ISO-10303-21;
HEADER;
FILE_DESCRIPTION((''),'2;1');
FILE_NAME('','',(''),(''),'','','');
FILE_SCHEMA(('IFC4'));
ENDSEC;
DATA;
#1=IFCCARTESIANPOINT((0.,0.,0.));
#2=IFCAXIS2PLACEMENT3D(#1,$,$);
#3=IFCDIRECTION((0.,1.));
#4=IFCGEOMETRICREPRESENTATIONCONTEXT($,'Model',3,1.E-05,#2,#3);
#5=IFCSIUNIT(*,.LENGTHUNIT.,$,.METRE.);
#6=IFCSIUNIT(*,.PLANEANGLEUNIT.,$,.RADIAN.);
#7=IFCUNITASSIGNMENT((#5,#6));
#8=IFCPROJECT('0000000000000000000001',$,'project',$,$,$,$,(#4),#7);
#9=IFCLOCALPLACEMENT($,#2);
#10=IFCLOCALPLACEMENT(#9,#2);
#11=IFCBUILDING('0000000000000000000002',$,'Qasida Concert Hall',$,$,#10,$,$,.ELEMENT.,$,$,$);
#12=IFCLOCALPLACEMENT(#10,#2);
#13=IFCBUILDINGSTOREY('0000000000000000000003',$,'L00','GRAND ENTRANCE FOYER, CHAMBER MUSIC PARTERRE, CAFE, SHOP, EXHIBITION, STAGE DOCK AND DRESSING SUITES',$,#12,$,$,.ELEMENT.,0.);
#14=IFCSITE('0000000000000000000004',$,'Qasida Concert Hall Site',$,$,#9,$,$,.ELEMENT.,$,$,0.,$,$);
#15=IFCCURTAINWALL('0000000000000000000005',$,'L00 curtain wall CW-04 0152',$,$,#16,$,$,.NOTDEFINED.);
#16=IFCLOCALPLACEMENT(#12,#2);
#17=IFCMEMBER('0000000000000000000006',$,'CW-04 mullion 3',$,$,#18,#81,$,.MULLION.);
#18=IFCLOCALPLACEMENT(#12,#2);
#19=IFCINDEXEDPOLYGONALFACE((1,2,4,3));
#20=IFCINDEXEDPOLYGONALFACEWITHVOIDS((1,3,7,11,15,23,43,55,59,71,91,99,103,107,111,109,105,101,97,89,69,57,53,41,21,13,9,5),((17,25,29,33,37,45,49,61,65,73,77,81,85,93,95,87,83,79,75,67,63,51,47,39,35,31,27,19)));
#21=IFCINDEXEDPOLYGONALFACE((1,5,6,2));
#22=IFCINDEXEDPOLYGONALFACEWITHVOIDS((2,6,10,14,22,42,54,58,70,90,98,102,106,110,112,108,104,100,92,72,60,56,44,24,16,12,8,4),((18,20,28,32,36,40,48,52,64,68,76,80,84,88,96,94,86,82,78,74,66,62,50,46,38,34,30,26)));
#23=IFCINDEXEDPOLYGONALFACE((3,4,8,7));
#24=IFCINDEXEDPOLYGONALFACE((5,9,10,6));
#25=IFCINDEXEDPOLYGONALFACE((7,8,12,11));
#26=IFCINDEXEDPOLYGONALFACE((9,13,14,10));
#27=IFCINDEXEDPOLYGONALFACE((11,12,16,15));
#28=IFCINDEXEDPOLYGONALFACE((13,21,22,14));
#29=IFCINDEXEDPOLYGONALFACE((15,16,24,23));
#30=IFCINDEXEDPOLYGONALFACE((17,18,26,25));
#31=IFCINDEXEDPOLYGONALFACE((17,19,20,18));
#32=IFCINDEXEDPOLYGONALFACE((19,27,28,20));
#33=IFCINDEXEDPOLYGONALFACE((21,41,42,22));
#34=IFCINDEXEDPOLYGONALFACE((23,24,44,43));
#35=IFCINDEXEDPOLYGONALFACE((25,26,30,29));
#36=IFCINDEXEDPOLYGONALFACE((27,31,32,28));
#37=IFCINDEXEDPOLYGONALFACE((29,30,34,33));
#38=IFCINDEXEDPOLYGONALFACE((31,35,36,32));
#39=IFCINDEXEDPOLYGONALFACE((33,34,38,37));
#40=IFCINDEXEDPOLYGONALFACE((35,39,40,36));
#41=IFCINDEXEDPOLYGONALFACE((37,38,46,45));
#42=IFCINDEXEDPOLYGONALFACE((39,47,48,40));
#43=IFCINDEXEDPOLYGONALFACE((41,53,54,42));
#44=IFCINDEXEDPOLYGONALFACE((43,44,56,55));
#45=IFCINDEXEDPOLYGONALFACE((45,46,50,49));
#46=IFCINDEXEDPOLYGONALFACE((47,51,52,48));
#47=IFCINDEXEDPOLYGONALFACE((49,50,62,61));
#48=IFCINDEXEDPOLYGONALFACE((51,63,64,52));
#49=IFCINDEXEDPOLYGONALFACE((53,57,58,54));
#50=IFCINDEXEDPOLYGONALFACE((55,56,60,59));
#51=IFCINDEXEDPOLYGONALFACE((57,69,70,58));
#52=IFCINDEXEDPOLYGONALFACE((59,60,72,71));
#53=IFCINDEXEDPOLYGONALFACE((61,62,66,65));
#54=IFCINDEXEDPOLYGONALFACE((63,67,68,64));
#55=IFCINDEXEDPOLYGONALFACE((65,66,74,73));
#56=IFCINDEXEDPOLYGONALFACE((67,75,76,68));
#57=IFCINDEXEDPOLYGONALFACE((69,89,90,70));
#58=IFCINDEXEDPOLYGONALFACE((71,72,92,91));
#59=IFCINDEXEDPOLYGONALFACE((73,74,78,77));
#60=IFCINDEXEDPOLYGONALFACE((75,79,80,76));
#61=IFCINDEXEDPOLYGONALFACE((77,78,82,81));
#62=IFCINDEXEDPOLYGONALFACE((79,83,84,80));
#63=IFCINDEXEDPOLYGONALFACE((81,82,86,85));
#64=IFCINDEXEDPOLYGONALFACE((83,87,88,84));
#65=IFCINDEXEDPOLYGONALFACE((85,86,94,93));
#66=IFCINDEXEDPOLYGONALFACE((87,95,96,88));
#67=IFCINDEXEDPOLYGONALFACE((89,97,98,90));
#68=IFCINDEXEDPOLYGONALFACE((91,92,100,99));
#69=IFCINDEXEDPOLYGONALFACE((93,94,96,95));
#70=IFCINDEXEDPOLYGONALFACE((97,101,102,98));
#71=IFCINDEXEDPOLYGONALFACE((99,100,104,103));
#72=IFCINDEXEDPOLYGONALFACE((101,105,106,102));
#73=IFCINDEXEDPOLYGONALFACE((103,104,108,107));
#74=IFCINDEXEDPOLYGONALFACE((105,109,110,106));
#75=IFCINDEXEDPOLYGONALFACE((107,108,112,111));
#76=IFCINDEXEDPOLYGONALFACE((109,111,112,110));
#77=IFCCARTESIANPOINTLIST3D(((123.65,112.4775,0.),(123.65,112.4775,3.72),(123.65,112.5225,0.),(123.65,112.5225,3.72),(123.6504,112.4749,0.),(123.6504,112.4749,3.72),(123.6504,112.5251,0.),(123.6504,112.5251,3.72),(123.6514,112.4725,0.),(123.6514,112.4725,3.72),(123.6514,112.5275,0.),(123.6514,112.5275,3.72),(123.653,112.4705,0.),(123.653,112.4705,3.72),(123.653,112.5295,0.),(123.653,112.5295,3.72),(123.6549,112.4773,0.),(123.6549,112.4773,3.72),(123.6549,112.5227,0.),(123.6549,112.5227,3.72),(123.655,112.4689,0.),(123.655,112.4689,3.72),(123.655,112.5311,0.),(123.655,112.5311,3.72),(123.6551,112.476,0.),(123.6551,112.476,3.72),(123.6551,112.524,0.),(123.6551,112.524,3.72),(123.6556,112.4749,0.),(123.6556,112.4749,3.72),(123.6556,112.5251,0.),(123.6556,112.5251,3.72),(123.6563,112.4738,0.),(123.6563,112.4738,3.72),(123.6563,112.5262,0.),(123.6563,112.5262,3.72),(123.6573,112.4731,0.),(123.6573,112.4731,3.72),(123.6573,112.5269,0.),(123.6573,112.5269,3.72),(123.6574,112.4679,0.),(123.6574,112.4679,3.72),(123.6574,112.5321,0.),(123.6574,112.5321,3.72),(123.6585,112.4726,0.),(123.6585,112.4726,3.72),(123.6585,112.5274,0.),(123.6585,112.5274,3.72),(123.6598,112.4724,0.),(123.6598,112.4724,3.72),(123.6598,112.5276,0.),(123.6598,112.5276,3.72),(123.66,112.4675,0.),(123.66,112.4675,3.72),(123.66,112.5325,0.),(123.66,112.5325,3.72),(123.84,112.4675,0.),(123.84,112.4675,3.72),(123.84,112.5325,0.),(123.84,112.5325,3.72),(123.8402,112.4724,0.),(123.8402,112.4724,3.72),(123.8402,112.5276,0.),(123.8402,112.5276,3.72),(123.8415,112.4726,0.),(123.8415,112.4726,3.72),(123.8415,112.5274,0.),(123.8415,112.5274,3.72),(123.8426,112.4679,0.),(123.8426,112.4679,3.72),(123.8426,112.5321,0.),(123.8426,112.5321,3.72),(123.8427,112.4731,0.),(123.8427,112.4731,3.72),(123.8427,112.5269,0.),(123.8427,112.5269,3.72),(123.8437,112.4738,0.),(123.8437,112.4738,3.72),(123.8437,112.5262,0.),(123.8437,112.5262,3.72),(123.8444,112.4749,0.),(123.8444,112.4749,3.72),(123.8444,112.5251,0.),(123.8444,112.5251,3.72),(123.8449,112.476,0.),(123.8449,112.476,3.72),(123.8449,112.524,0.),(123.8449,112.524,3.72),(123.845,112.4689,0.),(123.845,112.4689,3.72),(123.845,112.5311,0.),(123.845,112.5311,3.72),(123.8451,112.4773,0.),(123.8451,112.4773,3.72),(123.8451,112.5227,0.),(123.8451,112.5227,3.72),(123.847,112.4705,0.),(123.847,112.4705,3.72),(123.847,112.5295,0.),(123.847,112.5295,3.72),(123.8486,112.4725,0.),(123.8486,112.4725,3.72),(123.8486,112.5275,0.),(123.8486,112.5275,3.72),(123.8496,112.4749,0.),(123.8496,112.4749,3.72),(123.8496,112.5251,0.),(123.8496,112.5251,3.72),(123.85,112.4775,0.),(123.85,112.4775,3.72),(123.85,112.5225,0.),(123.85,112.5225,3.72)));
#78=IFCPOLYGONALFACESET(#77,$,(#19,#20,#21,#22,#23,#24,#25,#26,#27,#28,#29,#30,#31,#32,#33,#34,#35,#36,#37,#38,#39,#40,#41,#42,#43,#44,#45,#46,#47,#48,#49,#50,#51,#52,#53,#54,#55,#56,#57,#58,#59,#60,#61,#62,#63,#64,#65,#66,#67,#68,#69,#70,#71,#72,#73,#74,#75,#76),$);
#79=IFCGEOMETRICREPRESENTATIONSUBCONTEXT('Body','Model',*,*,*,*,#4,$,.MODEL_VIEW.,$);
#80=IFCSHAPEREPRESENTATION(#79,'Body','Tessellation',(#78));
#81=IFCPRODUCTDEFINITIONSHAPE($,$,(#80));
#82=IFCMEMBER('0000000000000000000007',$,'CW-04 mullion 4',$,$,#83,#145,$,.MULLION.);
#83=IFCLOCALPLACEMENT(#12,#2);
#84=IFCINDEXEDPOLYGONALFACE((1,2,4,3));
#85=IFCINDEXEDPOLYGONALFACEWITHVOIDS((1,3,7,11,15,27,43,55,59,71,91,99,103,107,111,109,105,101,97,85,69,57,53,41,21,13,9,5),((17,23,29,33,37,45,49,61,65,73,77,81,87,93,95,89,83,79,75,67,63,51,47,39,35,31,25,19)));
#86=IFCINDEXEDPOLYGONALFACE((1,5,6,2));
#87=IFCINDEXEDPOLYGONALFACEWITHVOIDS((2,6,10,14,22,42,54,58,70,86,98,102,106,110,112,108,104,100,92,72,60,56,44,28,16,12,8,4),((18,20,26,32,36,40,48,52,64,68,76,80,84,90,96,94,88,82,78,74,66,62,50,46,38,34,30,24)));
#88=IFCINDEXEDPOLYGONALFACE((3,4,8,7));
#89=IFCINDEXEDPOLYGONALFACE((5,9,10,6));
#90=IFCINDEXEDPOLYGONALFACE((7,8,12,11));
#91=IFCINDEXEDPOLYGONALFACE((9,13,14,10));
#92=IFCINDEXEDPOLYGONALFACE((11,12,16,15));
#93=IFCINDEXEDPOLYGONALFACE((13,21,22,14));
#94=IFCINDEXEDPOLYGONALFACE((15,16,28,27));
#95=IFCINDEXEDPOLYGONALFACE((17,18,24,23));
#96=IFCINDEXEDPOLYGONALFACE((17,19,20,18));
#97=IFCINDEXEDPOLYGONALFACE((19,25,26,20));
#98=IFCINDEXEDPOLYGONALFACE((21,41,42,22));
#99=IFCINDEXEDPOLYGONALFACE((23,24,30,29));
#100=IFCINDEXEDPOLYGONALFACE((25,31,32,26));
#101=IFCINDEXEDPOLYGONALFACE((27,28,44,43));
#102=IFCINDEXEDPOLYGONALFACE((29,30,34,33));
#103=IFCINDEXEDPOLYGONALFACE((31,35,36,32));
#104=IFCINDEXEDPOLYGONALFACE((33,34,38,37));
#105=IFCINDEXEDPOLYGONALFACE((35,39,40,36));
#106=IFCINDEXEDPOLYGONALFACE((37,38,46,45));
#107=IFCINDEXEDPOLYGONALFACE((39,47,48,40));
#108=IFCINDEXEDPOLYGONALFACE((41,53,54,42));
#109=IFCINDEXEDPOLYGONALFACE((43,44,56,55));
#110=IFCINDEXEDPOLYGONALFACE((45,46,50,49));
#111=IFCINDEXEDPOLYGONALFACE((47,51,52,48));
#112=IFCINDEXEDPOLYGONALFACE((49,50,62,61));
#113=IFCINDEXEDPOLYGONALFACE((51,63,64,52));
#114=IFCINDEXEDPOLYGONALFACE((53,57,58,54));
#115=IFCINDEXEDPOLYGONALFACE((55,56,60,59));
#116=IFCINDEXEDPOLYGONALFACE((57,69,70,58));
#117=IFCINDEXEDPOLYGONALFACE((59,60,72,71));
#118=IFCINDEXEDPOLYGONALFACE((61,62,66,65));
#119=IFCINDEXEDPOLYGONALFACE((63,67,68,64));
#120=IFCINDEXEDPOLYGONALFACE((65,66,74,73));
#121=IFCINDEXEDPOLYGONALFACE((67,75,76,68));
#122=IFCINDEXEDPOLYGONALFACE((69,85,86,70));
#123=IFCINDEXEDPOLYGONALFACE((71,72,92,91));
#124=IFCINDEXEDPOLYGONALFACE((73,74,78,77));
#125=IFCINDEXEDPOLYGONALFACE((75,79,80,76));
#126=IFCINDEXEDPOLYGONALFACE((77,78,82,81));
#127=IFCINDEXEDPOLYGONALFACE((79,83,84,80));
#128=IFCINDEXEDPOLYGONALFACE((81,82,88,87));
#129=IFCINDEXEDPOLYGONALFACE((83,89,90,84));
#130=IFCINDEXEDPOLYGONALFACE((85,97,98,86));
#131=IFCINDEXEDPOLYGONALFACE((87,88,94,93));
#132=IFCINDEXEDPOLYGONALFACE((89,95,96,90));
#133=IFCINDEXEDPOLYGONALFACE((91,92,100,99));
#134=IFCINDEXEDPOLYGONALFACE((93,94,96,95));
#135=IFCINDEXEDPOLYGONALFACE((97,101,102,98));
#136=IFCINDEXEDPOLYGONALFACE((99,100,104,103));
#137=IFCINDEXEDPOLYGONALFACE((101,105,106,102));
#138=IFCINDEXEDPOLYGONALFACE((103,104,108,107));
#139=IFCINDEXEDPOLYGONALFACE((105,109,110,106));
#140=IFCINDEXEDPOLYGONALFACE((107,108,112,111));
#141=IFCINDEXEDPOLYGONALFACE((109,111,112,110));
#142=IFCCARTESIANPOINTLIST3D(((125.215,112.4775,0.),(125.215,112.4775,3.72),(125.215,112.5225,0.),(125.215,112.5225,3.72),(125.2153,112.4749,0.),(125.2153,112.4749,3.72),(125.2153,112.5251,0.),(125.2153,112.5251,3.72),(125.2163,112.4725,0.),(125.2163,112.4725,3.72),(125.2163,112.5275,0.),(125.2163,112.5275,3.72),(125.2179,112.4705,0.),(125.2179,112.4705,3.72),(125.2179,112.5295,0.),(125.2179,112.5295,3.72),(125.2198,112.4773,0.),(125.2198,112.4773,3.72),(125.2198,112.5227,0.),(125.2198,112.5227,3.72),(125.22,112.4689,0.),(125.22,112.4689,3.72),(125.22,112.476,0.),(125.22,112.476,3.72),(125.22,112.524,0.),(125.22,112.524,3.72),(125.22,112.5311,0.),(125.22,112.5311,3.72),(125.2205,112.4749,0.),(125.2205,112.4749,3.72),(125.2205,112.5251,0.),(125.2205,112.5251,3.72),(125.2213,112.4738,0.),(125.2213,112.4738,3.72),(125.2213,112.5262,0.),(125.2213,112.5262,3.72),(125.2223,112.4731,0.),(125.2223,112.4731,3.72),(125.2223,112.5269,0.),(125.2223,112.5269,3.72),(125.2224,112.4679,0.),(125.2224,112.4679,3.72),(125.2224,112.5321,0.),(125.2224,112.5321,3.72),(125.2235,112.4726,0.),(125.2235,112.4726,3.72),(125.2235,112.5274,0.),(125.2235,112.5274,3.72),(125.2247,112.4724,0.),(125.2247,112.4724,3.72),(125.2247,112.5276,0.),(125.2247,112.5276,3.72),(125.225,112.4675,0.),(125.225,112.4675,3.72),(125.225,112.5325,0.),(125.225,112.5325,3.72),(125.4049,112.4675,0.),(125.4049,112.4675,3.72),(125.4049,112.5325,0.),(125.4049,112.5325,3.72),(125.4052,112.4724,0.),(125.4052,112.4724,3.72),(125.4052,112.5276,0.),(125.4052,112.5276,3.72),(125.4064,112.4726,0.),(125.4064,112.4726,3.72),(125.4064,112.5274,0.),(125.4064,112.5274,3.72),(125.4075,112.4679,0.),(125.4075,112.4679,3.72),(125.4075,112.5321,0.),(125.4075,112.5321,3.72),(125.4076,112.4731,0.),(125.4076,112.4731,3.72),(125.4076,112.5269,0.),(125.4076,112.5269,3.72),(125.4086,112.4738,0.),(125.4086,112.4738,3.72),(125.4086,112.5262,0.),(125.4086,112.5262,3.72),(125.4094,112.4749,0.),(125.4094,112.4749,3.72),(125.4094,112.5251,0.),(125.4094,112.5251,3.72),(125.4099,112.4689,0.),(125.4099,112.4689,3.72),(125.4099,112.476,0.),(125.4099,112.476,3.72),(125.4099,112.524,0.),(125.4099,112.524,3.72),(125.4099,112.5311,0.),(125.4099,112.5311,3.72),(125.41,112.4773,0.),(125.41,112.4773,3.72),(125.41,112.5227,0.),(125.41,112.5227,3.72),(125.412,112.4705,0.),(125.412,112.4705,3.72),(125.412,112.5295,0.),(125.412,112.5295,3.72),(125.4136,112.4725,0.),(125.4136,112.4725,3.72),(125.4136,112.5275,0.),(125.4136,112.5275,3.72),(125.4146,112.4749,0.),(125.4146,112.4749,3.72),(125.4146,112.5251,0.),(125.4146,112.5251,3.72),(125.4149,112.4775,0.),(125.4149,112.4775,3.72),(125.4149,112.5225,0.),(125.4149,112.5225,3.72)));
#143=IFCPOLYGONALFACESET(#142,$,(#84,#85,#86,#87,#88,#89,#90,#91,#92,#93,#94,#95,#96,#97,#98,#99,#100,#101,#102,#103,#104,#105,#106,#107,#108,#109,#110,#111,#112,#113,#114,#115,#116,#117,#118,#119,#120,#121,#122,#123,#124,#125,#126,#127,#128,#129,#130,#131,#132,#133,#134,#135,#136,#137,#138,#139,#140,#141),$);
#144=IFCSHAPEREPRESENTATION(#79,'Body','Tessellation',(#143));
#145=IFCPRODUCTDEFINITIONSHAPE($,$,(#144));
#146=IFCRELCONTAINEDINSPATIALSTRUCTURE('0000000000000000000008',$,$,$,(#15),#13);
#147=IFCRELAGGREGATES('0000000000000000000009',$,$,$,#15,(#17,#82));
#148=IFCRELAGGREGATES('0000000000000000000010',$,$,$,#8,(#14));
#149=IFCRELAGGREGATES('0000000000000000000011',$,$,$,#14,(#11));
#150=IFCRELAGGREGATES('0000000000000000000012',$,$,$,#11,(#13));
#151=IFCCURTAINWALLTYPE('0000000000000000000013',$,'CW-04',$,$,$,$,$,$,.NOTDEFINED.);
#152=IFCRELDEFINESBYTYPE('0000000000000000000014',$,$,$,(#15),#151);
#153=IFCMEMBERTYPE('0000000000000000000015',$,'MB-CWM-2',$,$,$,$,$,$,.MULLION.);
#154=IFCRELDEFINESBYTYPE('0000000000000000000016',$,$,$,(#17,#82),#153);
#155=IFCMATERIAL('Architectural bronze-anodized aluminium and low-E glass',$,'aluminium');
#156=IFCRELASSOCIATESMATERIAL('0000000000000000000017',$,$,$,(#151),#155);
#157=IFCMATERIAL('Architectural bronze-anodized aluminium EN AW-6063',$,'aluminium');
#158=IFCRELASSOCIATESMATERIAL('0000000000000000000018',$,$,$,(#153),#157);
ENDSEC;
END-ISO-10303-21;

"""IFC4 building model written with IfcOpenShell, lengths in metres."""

from ifc_helpers import new_model, si_unit, direction, frame, origin, origin_2d, place, context, subcontext, project, spatial, hollow_rectangle, extrude, material, material_profile, profile_set, type_object, element, aggregate, save


model = new_model("IFC4")

# Units and contexts
model_context = context("Model", 3, precision=1e-05, world=origin(), true_north=direction((0.0, 1.0)))
body_context = subcontext(model_context, "Body", "Model", "MODEL_VIEW")
ifc_project = project(units=[si_unit("LENGTHUNIT", "METRE"), si_unit("PLANEANGLEUNIT", "RADIAN")], contexts=[model_context])

# Site, building, storey
site_placement = place(None, origin())
site = spatial("IfcSite", under=ifc_project, at=site_placement, Name="Qasida Concert Hall Site", CompositionType="ELEMENT", RefElevation=0.0)
building_placement = place(site_placement, origin())
building = spatial("IfcBuilding", under=site, at=building_placement, Name="Qasida Concert Hall", CompositionType="ELEMENT")
storey_placement = place(building_placement, origin())
storey = spatial("IfcBuildingStorey", under=building, at=storey_placement, Name="L00", Description="GRAND ENTRANCE FOYER, CHAMBER MUSIC PARTERRE, CAFE, SHOP, EXHIBITION, STAGE DOCK AND DRESSING SUITES", CompositionType="ELEMENT", Elevation=0.0)

# Curtain wall, members
ifc_material_1 = material(Name="Architectural bronze-anodized aluminium and low-E glass", Category="aluminium")
curtain_wall_type = type_object("IfcCurtainWallType", Name="CW-04", PredefinedType="NOTDEFINED", material=ifc_material_1)
curtain_wall_placement = place(storey_placement, origin())
curtain_wall = element("IfcCurtainWall", 1, at=curtain_wall_placement, inside=storey, type_object=curtain_wall_type, Name="L00 curtain wall CW-04 0152", PredefinedType="NOTDEFINED")
ifc_material_2 = material(Name="Architectural bronze-anodized aluminium EN AW-6063", Category="aluminium")
ifc_material_profile_1 = material_profile(ifc_material_2, hollow_rectangle(XDim=0.0649, YDim=0.2, WallThickness=0.0049, InnerFilletRadius=0.0049, OuterFilletRadius=0.01, at=origin_2d()), Name="CWM 200x65x5")
ifc_profile_set_1 = profile_set([ifc_material_profile_1], Name="Architectural bronze-anodized aluminium EN AW-6063")
member_type_1 = type_object("IfcMemberType", Name="MB-CWM-2", PredefinedType="MULLION", material=ifc_profile_set_1)
member_1_placement = place(storey_placement, frame((123.75, 112.5, 0.0), z_axis=(0.0, 0.0, 1.0), x_axis=(0.0, 1.0, 0.0)))
member_1 = element("IfcMember", 2, at=member_1_placement, type_object=member_type_1, Name="CW-04 mullion 3", PredefinedType="MULLION", context=body_context, shape_type="SweptSolid", body=[
    extrude(hollow_rectangle(XDim=0.0649, YDim=0.2, WallThickness=0.0049, InnerFilletRadius=0.0049, OuterFilletRadius=0.01, at=origin_2d()), origin(), (0.0, 0.0, 1.0), 3.72),
])
member_2_placement = place(storey_placement, frame((125.3149, 112.5, 0.0), z_axis=(0.0, 0.0, 1.0), x_axis=(0.0, 1.0, 0.0)))
member_2 = element("IfcMember", 3, at=member_2_placement, type_object=member_type_1, Name="CW-04 mullion 4", PredefinedType="MULLION", context=body_context, shape_type="SweptSolid", body=[
    extrude(hollow_rectangle(XDim=0.0649, YDim=0.2, WallThickness=0.0049, InnerFilletRadius=0.0049, OuterFilletRadius=0.01, at=origin_2d()), origin(), (0.0, 0.0, 1.0), 3.72),
])
aggregate(curtain_wall, [member_1, member_2])

save(model, "model.ifc")
